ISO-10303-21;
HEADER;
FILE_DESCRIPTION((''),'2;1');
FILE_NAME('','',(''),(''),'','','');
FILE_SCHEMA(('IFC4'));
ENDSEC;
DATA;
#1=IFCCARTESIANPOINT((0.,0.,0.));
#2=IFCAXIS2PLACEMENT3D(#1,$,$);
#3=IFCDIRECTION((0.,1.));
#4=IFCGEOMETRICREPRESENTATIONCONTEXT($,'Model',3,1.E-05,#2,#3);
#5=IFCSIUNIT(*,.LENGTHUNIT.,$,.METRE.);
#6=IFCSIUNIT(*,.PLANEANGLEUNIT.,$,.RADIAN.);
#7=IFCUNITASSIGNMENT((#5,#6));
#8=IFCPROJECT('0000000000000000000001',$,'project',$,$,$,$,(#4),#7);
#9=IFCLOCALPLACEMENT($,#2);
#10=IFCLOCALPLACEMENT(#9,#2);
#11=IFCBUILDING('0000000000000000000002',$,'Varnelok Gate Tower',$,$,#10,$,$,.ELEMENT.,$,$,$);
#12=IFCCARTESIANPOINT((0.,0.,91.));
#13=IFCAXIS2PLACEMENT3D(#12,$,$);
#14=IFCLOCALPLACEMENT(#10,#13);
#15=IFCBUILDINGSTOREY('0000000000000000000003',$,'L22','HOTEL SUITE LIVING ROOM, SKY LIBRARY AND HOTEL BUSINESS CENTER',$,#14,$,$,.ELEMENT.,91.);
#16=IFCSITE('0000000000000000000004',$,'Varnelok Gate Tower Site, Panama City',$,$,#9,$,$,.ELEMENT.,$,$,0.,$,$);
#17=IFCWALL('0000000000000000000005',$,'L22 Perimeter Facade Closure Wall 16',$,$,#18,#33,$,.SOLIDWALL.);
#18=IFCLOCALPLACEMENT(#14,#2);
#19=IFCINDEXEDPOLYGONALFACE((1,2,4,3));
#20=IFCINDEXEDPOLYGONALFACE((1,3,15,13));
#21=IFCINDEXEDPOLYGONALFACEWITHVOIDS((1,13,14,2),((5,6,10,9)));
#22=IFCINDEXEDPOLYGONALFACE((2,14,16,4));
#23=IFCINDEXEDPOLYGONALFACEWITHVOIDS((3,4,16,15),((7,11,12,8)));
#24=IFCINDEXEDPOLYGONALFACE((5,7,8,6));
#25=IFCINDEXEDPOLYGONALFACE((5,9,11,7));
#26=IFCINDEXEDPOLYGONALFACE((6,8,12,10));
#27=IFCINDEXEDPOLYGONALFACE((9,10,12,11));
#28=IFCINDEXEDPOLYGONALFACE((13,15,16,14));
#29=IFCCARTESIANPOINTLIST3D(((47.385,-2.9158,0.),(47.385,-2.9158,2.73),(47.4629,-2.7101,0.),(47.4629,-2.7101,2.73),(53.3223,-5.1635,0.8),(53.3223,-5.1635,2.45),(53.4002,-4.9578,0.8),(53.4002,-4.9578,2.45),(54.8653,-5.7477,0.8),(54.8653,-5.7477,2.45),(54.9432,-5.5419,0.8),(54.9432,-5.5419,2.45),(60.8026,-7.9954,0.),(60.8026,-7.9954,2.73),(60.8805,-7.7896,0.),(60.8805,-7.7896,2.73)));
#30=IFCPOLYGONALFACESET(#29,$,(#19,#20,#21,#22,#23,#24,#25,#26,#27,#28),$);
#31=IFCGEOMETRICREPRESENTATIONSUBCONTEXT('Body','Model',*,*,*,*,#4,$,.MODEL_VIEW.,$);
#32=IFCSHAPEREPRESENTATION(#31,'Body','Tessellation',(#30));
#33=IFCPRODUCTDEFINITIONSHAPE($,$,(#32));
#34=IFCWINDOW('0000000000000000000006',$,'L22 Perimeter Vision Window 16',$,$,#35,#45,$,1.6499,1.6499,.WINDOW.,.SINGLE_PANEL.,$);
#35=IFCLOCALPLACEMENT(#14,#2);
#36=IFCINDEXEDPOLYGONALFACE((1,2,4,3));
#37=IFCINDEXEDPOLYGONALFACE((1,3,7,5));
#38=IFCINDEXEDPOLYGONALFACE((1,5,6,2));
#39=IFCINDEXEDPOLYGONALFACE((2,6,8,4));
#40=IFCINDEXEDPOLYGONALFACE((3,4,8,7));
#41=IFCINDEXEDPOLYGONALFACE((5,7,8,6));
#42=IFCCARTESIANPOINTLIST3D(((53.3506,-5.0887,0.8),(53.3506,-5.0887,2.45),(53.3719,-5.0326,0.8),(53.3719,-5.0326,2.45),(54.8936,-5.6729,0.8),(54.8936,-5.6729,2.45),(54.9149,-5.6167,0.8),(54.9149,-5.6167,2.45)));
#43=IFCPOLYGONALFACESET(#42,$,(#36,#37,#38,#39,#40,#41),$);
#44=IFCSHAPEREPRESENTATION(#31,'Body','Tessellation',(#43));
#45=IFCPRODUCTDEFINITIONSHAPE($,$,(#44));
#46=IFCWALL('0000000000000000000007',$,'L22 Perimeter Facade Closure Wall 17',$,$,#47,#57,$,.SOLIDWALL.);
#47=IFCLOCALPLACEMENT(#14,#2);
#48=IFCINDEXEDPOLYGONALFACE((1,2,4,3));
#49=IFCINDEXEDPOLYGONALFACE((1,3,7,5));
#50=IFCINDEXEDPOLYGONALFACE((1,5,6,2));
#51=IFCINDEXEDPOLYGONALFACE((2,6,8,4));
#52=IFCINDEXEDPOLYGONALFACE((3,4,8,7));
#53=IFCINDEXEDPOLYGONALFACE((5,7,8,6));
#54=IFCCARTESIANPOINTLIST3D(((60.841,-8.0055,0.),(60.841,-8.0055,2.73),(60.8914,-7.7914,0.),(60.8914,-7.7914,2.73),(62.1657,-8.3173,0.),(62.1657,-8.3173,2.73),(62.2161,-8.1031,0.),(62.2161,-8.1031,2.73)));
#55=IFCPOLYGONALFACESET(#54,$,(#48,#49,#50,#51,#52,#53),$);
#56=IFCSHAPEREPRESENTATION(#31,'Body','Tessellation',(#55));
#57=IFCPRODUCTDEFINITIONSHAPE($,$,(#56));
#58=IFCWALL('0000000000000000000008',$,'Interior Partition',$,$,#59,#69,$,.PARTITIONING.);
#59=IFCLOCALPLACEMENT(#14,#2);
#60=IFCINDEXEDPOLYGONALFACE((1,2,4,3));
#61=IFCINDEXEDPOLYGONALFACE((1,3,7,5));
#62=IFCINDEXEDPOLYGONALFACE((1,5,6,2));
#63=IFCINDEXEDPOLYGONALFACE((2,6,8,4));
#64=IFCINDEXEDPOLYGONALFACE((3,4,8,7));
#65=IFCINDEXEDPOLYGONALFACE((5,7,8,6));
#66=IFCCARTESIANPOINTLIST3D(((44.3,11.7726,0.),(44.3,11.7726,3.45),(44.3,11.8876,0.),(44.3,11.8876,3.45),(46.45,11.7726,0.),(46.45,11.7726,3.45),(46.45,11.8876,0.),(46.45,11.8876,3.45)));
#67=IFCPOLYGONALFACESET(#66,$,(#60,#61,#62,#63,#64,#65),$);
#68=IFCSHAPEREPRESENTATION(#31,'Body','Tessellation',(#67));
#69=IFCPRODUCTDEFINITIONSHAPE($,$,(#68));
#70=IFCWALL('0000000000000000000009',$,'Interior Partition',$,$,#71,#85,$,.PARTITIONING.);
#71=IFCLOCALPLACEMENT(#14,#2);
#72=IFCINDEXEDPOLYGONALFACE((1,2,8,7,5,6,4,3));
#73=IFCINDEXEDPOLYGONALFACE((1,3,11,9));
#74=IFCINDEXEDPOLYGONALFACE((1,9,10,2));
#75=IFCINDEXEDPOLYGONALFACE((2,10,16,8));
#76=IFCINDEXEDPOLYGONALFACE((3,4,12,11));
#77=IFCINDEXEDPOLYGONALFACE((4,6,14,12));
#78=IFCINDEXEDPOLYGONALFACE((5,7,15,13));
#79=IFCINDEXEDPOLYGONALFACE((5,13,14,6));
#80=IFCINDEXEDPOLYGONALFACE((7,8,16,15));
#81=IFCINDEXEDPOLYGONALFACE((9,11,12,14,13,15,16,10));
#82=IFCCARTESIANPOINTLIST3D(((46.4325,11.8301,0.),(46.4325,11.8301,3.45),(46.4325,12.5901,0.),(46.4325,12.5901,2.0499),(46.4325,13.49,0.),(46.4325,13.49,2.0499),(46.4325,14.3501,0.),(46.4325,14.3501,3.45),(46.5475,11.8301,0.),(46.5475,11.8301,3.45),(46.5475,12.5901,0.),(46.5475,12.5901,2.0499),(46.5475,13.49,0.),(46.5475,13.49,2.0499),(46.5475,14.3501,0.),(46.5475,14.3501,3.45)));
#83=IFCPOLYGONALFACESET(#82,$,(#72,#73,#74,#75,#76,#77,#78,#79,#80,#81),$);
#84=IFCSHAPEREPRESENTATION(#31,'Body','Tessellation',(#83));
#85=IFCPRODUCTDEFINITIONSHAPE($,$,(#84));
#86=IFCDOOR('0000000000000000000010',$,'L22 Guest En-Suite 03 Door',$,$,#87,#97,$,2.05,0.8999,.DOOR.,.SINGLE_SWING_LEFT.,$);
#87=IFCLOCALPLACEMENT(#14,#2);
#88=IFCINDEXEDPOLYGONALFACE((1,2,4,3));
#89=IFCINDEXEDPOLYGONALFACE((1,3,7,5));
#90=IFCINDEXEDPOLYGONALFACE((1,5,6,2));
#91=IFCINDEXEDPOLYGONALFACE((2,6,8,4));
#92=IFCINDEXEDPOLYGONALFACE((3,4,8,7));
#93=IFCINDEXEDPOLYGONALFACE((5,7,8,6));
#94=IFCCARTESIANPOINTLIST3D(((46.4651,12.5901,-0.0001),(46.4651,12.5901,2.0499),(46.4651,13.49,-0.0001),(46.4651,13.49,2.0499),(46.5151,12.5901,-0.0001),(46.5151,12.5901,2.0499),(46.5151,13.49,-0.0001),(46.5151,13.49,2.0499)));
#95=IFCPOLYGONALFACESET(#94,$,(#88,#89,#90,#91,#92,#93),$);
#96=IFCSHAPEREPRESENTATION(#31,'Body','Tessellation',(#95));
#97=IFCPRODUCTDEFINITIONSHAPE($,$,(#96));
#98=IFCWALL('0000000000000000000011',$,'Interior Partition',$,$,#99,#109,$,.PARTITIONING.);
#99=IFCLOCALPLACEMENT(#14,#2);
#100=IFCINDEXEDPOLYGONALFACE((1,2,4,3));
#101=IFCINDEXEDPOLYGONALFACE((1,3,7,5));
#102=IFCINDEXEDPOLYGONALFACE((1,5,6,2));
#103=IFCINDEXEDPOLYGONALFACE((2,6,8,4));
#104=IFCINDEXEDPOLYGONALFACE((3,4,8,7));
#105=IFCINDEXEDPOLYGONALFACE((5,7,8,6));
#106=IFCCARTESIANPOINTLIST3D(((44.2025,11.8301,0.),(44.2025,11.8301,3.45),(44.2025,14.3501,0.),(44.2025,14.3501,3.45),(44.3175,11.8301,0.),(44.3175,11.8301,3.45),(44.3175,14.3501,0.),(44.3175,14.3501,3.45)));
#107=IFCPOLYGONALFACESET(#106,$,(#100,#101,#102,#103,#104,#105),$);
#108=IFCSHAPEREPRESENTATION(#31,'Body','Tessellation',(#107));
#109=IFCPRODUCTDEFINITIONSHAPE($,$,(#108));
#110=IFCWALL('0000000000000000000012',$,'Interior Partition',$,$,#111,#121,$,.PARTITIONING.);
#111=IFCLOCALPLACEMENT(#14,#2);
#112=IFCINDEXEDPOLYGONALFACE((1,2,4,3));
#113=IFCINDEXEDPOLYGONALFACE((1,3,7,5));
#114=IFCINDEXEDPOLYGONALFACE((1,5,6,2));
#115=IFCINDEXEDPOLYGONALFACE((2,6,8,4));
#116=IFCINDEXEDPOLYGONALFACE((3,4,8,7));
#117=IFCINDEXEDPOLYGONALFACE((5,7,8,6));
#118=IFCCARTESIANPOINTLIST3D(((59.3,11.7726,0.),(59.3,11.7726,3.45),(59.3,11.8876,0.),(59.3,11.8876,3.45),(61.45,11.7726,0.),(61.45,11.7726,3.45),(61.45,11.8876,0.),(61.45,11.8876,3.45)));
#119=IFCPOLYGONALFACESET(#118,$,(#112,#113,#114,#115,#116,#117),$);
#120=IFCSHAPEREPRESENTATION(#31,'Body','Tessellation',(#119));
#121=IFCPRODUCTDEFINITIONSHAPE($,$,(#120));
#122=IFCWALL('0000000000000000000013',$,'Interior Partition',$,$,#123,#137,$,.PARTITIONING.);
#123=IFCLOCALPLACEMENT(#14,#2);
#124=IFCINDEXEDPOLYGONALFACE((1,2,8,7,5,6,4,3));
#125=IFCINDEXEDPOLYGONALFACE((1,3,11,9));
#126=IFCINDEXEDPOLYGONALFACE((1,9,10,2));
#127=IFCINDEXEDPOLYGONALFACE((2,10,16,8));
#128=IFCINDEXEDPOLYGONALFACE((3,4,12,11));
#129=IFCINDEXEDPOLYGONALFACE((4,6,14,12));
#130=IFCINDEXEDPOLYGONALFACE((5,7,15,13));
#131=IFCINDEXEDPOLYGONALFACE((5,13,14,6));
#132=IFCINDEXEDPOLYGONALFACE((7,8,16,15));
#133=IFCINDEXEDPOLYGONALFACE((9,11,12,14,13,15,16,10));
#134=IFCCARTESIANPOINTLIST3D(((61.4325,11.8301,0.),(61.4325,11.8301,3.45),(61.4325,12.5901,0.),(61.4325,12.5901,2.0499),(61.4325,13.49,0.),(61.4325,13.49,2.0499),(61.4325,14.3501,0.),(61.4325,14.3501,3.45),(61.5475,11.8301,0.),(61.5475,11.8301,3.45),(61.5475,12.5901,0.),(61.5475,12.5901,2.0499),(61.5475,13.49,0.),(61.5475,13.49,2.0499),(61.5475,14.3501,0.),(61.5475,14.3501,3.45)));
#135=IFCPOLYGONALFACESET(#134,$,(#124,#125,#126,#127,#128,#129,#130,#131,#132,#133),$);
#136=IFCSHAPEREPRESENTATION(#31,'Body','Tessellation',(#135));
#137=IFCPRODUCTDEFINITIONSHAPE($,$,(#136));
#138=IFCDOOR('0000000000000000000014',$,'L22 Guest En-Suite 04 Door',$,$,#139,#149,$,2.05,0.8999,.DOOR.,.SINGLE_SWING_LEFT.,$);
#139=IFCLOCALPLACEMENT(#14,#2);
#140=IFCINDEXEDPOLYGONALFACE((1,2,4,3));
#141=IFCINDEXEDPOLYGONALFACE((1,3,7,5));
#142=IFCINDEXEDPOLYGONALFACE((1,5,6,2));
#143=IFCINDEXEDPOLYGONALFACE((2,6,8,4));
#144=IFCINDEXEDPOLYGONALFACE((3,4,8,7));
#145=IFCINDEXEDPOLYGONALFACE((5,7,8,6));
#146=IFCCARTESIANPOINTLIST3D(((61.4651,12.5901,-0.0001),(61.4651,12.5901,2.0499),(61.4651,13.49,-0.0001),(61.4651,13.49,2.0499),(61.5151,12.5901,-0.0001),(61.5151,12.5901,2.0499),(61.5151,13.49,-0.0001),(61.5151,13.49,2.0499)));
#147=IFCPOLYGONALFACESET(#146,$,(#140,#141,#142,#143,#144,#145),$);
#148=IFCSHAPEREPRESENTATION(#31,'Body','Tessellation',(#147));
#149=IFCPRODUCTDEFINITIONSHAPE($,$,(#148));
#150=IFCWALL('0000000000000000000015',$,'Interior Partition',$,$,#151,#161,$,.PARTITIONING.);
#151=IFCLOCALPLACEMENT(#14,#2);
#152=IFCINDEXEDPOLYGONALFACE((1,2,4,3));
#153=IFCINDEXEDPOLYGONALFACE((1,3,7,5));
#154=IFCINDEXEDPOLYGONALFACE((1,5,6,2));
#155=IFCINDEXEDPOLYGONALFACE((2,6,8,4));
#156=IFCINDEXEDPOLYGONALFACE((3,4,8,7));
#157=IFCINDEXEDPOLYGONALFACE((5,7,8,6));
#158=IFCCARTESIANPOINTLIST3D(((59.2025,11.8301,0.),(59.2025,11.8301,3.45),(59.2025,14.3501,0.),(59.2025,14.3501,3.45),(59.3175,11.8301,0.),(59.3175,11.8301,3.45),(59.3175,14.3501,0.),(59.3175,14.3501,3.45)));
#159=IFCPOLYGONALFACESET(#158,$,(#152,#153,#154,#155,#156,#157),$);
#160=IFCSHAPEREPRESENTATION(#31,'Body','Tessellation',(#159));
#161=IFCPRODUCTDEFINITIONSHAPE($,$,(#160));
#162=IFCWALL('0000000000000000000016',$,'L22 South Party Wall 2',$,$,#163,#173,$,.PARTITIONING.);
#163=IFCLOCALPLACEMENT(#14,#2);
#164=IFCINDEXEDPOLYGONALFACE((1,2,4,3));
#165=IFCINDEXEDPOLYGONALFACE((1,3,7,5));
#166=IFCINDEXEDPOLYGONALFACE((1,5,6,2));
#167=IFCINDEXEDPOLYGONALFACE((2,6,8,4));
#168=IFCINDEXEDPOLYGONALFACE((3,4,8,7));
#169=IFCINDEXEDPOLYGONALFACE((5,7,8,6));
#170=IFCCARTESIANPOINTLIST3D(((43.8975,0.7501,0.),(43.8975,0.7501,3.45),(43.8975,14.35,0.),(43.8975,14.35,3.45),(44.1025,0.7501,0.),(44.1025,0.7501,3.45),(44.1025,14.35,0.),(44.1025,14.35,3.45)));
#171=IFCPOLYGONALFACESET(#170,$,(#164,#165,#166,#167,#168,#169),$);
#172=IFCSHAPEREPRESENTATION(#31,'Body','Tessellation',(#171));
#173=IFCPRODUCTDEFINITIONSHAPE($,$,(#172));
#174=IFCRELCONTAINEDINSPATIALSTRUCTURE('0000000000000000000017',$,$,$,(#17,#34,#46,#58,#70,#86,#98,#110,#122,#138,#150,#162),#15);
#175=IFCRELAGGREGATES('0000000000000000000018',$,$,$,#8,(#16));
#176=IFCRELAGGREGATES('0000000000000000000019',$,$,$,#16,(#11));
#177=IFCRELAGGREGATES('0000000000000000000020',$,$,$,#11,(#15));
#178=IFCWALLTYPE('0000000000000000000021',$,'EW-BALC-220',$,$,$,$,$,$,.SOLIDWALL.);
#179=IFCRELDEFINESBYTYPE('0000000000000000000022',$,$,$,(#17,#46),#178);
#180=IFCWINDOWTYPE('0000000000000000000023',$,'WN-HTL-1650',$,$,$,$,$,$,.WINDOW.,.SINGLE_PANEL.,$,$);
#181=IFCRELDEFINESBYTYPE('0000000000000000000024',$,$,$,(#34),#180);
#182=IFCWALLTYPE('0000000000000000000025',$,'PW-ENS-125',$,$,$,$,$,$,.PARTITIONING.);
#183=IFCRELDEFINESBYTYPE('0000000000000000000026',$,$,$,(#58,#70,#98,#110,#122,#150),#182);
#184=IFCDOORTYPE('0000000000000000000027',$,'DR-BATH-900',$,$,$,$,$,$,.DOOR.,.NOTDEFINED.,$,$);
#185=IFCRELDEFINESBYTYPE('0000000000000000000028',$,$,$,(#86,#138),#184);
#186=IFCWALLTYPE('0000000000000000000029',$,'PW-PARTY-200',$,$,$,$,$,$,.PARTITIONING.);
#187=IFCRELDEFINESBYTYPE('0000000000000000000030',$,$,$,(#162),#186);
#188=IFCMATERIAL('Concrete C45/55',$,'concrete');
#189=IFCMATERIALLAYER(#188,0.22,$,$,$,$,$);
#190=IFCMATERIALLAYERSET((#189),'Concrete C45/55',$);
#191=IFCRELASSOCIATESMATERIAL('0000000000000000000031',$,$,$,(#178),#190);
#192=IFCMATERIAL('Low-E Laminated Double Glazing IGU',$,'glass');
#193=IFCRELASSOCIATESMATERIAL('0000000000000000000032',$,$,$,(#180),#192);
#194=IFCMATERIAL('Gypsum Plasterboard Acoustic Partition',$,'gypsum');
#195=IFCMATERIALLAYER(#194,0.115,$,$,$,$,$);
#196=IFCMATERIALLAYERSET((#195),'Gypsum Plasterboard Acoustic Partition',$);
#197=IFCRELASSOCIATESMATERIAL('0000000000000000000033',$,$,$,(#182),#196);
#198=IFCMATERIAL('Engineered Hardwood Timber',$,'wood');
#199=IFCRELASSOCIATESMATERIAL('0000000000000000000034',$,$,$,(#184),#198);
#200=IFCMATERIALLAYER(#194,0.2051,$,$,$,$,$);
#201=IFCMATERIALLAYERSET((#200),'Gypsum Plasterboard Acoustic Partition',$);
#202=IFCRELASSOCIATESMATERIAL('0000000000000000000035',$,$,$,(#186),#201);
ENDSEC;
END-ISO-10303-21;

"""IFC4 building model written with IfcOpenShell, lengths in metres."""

from ifc_helpers import new_model, si_unit, direction, frame, frame_2d, origin, place, context, subcontext, project, spatial, rectangle, extrude, material, layer, layer_set, type_object, element, fill, save


model = new_model("IFC4")

# Units and contexts
model_context = context("Model", 3, precision=1e-05, world=origin(), true_north=direction((0.0, 1.0)))
body_context = subcontext(model_context, "Body", "Model", "MODEL_VIEW")
ifc_project = project(units=[si_unit("LENGTHUNIT", "METRE"), si_unit("PLANEANGLEUNIT", "RADIAN")], contexts=[model_context])

# Site, building, storey
site_placement = place(None, origin())
site = spatial("IfcSite", under=ifc_project, at=site_placement, Name="Varnelok Gate Tower Site, Panama City", CompositionType="ELEMENT", RefElevation=0.0)
building_placement = place(site_placement, origin())
building = spatial("IfcBuilding", under=site, at=building_placement, Name="Varnelok Gate Tower", CompositionType="ELEMENT")
storey_placement = place(building_placement, frame((0.0, 0.0, 91.0)))
storey = spatial("IfcBuildingStorey", under=building, at=storey_placement, Name="L22", Description="HOTEL SUITE LIVING ROOM, SKY LIBRARY AND HOTEL BUSINESS CENTER", CompositionType="ELEMENT", Elevation=91.0)

# Shared definitions
ifc_material_1 = material(Name="Concrete C45/55", Category="concrete")
ifc_layer_1 = layer(ifc_material_1, 0.22)
ifc_layer_set_1 = layer_set([ifc_layer_1], Name="Concrete C45/55")
wall_type_1 = type_object("IfcWallType", Name="EW-BALC-220", PredefinedType="SOLIDWALL", material=ifc_layer_set_1)

# Wall, opening, window
wall_1_placement = place(storey_placement, frame((47.4241, -2.813, 0.0), z_axis=(0.0, 0.0, 1.0), x_axis=(0.935226, -0.354051, 0.0)))
wall_1 = element("IfcWall", 1, at=wall_1_placement, inside=storey, type_object=wall_type_1, Name="L22 Perimeter Facade Closure Wall 16", PredefinedType="SOLIDWALL", context=body_context, shape_type="SweptSolid", body=[
    extrude(rectangle(XDim=14.3469, YDim=0.22, at=frame_2d((7.1733, 0.0))), origin(), (0.0, 0.0, 1.0), 2.73),
])
opening_1_placement = place(wall_1_placement, frame((6.3484, 0.0, 0.8)))
opening_1 = element("IfcOpeningElement", 2, at=opening_1_placement, cuts=wall_1, PredefinedType="OPENING", context=body_context, shape_type="SweptSolid", body=[
    extrude(rectangle(XDim=1.6499, YDim=1.6499, at=frame_2d((0.825, 0.825))), frame((0.0, 0.1199, 0.0), z_axis=(0.0, -1.0, 0.0), x_axis=(1.0, 0.0, 0.0)), (0.0, 0.0, 1.0), 0.24),
])
ifc_material_2 = material(Name="Low-E Laminated Double Glazing IGU", Category="glass")
window_type = type_object("IfcWindowType", Name="WN-HTL-1650", PartitioningType="SINGLE_PANEL", PredefinedType="WINDOW", material=ifc_material_2)
window_placement = place(opening_1_placement, origin())
window = element("IfcWindow", 3, at=window_placement, inside=storey, type_object=window_type, Name="L22 Perimeter Vision Window 16", OverallHeight=1.6499, OverallWidth=1.6499, PartitioningType="SINGLE_PANEL", PredefinedType="WINDOW", context=body_context, shape_type="SweptSolid", body=[
    extrude(rectangle(XDim=1.6499, YDim=1.6499, at=frame_2d((0.825, 0.825))), frame((0.0, 0.03, 0.0), z_axis=(0.0, -1.0, 0.0), x_axis=(1.0, 0.0, 0.0)), (0.0, 0.0, 1.0), 0.0601),
])
fill(opening_1, window)

# Walls
wall_2_placement = place(storey_placement, frame((60.8662, -7.8984, 0.0), z_axis=(0.0, 0.0, 1.0), x_axis=(0.973405, -0.229089, 0.0)))
element("IfcWall", 4, at=wall_2_placement, inside=storey, type_object=wall_type_1, Name="L22 Perimeter Facade Closure Wall 17", PredefinedType="SOLIDWALL", context=body_context, shape_type="SweptSolid", body=[
    extrude(rectangle(XDim=1.3608, YDim=0.22, at=frame_2d((0.6804, 0.0))), origin(), (0.0, 0.0, 1.0), 2.73),
])
ifc_material_3 = material(Name="Gypsum Plasterboard Acoustic Partition", Category="gypsum")
ifc_layer_2 = layer(ifc_material_3, 0.115)
ifc_layer_set_2 = layer_set([ifc_layer_2], Name="Gypsum Plasterboard Acoustic Partition")
wall_type_2 = type_object("IfcWallType", Name="PW-ENS-125", PredefinedType="PARTITIONING", material=ifc_layer_set_2)
wall_3_placement = place(storey_placement, frame((44.3, 11.8301, 0.0), z_axis=(0.0, 0.0, 1.0), x_axis=(1.0, 0.0, 0.0)))
element("IfcWall", 5, at=wall_3_placement, inside=storey, type_object=wall_type_2, Name="Interior Partition", PredefinedType="PARTITIONING", context=body_context, shape_type="SweptSolid", body=[
    extrude(rectangle(XDim=2.1499, YDim=0.115, at=frame_2d((1.075, 0.0))), origin(), (0.0, 0.0, 1.0), 3.45),
])

# Wall, opening, door
wall_4_placement = place(storey_placement, frame((46.49, 11.8301, 0.0), z_axis=(0.0, 0.0, 1.0), x_axis=(0.0, 1.0, 0.0)))
wall_4 = element("IfcWall", 6, at=wall_4_placement, inside=storey, type_object=wall_type_2, Name="Interior Partition", PredefinedType="PARTITIONING", context=body_context, shape_type="SweptSolid", body=[
    extrude(rectangle(XDim=2.52, YDim=0.115, at=frame_2d((1.26, 0.0))), origin(), (0.0, 0.0, 1.0), 3.45),
])
opening_2_placement = place(wall_4_placement, frame((0.76, 0.0, 0.0)))
opening_2 = element("IfcOpeningElement", 7, at=opening_2_placement, cuts=wall_4, PredefinedType="OPENING", context=body_context, shape_type="SweptSolid", body=[
    extrude(rectangle(XDim=0.8999, YDim=2.05, at=frame_2d((0.45, 1.0249))), frame((0.0, 0.0674, 0.0), z_axis=(0.0, -1.0, 0.0), x_axis=(1.0, 0.0, 0.0)), (0.0, 0.0, 1.0), 0.135),
])
ifc_material_4 = material(Name="Engineered Hardwood Timber", Category="wood")
door_type_1 = type_object("IfcDoorType", Name="DR-BATH-900", OperationType="NOTDEFINED", PredefinedType="DOOR", material=ifc_material_4)
door_1_placement = place(opening_2_placement, origin())
door_1 = element("IfcDoor", 8, at=door_1_placement, inside=storey, type_object=door_type_1, Name="L22 Guest En-Suite 03 Door", OperationType="SINGLE_SWING_LEFT", OverallHeight=2.05, OverallWidth=0.8999, PredefinedType="DOOR", context=body_context, shape_type="SweptSolid", body=[
    extrude(rectangle(XDim=0.8999, YDim=2.05, at=frame_2d((0.45, 1.0249))), frame((0.0, 0.0249, 0.0), z_axis=(0.0, -1.0, 0.0), x_axis=(1.0, 0.0, 0.0)), (0.0, 0.0, 1.0), 0.05),
])
fill(opening_2, door_1)

# Walls
wall_5_placement = place(storey_placement, frame((44.26, 11.8301, 0.0), z_axis=(0.0, 0.0, 1.0), x_axis=(0.0, 1.0, 0.0)))
element("IfcWall", 9, at=wall_5_placement, inside=storey, type_object=wall_type_2, Name="Interior Partition", PredefinedType="PARTITIONING", context=body_context, shape_type="SweptSolid", body=[
    extrude(rectangle(XDim=2.52, YDim=0.115, at=frame_2d((1.26, 0.0))), origin(), (0.0, 0.0, 1.0), 3.45),
])
wall_6_placement = place(storey_placement, frame((59.3, 11.8301, 0.0), z_axis=(0.0, 0.0, 1.0), x_axis=(1.0, 0.0, 0.0)))
element("IfcWall", 10, at=wall_6_placement, inside=storey, type_object=wall_type_2, Name="Interior Partition", PredefinedType="PARTITIONING", context=body_context, shape_type="SweptSolid", body=[
    extrude(rectangle(XDim=2.1499, YDim=0.115, at=frame_2d((1.075, 0.0))), origin(), (0.0, 0.0, 1.0), 3.45),
])

# Wall, opening, door
wall_7_placement = place(storey_placement, frame((61.49, 11.8301, 0.0), z_axis=(0.0, 0.0, 1.0), x_axis=(0.0, 1.0, 0.0)))
wall_7 = element("IfcWall", 11, at=wall_7_placement, inside=storey, type_object=wall_type_2, Name="Interior Partition", PredefinedType="PARTITIONING", context=body_context, shape_type="SweptSolid", body=[
    extrude(rectangle(XDim=2.52, YDim=0.115, at=frame_2d((1.26, 0.0))), origin(), (0.0, 0.0, 1.0), 3.45),
])
opening_3_placement = place(wall_7_placement, frame((0.76, 0.0, 0.0)))
opening_3 = element("IfcOpeningElement", 12, at=opening_3_placement, cuts=wall_7, PredefinedType="OPENING", context=body_context, shape_type="SweptSolid", body=[
    extrude(rectangle(XDim=0.8999, YDim=2.05, at=frame_2d((0.45, 1.0249))), frame((0.0, 0.0674, 0.0), z_axis=(0.0, -1.0, 0.0), x_axis=(1.0, 0.0, 0.0)), (0.0, 0.0, 1.0), 0.135),
])
door_2_placement = place(opening_3_placement, origin())
door_2 = element("IfcDoor", 13, at=door_2_placement, inside=storey, type_object=door_type_1, Name="L22 Guest En-Suite 04 Door", OperationType="SINGLE_SWING_LEFT", OverallHeight=2.05, OverallWidth=0.8999, PredefinedType="DOOR", context=body_context, shape_type="SweptSolid", body=[
    extrude(rectangle(XDim=0.8999, YDim=2.05, at=frame_2d((0.45, 1.0249))), frame((0.0, 0.0249, 0.0), z_axis=(0.0, -1.0, 0.0), x_axis=(1.0, 0.0, 0.0)), (0.0, 0.0, 1.0), 0.05),
])
fill(opening_3, door_2)

# Walls
wall_8_placement = place(storey_placement, frame((59.26, 11.8301, 0.0), z_axis=(0.0, 0.0, 1.0), x_axis=(0.0, 1.0, 0.0)))
element("IfcWall", 14, at=wall_8_placement, inside=storey, type_object=wall_type_2, Name="Interior Partition", PredefinedType="PARTITIONING", context=body_context, shape_type="SweptSolid", body=[
    extrude(rectangle(XDim=2.52, YDim=0.115, at=frame_2d((1.26, 0.0))), origin(), (0.0, 0.0, 1.0), 3.45),
])
ifc_layer_3 = layer(ifc_material_3, 0.2051)
ifc_layer_set_3 = layer_set([ifc_layer_3], Name="Gypsum Plasterboard Acoustic Partition")
wall_type_3 = type_object("IfcWallType", Name="PW-PARTY-200", PredefinedType="PARTITIONING", material=ifc_layer_set_3)
wall_9_placement = place(storey_placement, frame((44.0, 0.7502, 0.0), z_axis=(0.0, 0.0, 1.0), x_axis=(0.0, 1.0, 0.0)))
element("IfcWall", 15, at=wall_9_placement, inside=storey, type_object=wall_type_3, Name="L22 South Party Wall 2", PredefinedType="PARTITIONING", context=body_context, shape_type="SweptSolid", body=[
    extrude(rectangle(XDim=13.5999, YDim=0.2051, at=frame_2d((6.7998, 0.0))), origin(), (0.0, 0.0, 1.0), 3.45),
])

save(model, "model.ifc")
